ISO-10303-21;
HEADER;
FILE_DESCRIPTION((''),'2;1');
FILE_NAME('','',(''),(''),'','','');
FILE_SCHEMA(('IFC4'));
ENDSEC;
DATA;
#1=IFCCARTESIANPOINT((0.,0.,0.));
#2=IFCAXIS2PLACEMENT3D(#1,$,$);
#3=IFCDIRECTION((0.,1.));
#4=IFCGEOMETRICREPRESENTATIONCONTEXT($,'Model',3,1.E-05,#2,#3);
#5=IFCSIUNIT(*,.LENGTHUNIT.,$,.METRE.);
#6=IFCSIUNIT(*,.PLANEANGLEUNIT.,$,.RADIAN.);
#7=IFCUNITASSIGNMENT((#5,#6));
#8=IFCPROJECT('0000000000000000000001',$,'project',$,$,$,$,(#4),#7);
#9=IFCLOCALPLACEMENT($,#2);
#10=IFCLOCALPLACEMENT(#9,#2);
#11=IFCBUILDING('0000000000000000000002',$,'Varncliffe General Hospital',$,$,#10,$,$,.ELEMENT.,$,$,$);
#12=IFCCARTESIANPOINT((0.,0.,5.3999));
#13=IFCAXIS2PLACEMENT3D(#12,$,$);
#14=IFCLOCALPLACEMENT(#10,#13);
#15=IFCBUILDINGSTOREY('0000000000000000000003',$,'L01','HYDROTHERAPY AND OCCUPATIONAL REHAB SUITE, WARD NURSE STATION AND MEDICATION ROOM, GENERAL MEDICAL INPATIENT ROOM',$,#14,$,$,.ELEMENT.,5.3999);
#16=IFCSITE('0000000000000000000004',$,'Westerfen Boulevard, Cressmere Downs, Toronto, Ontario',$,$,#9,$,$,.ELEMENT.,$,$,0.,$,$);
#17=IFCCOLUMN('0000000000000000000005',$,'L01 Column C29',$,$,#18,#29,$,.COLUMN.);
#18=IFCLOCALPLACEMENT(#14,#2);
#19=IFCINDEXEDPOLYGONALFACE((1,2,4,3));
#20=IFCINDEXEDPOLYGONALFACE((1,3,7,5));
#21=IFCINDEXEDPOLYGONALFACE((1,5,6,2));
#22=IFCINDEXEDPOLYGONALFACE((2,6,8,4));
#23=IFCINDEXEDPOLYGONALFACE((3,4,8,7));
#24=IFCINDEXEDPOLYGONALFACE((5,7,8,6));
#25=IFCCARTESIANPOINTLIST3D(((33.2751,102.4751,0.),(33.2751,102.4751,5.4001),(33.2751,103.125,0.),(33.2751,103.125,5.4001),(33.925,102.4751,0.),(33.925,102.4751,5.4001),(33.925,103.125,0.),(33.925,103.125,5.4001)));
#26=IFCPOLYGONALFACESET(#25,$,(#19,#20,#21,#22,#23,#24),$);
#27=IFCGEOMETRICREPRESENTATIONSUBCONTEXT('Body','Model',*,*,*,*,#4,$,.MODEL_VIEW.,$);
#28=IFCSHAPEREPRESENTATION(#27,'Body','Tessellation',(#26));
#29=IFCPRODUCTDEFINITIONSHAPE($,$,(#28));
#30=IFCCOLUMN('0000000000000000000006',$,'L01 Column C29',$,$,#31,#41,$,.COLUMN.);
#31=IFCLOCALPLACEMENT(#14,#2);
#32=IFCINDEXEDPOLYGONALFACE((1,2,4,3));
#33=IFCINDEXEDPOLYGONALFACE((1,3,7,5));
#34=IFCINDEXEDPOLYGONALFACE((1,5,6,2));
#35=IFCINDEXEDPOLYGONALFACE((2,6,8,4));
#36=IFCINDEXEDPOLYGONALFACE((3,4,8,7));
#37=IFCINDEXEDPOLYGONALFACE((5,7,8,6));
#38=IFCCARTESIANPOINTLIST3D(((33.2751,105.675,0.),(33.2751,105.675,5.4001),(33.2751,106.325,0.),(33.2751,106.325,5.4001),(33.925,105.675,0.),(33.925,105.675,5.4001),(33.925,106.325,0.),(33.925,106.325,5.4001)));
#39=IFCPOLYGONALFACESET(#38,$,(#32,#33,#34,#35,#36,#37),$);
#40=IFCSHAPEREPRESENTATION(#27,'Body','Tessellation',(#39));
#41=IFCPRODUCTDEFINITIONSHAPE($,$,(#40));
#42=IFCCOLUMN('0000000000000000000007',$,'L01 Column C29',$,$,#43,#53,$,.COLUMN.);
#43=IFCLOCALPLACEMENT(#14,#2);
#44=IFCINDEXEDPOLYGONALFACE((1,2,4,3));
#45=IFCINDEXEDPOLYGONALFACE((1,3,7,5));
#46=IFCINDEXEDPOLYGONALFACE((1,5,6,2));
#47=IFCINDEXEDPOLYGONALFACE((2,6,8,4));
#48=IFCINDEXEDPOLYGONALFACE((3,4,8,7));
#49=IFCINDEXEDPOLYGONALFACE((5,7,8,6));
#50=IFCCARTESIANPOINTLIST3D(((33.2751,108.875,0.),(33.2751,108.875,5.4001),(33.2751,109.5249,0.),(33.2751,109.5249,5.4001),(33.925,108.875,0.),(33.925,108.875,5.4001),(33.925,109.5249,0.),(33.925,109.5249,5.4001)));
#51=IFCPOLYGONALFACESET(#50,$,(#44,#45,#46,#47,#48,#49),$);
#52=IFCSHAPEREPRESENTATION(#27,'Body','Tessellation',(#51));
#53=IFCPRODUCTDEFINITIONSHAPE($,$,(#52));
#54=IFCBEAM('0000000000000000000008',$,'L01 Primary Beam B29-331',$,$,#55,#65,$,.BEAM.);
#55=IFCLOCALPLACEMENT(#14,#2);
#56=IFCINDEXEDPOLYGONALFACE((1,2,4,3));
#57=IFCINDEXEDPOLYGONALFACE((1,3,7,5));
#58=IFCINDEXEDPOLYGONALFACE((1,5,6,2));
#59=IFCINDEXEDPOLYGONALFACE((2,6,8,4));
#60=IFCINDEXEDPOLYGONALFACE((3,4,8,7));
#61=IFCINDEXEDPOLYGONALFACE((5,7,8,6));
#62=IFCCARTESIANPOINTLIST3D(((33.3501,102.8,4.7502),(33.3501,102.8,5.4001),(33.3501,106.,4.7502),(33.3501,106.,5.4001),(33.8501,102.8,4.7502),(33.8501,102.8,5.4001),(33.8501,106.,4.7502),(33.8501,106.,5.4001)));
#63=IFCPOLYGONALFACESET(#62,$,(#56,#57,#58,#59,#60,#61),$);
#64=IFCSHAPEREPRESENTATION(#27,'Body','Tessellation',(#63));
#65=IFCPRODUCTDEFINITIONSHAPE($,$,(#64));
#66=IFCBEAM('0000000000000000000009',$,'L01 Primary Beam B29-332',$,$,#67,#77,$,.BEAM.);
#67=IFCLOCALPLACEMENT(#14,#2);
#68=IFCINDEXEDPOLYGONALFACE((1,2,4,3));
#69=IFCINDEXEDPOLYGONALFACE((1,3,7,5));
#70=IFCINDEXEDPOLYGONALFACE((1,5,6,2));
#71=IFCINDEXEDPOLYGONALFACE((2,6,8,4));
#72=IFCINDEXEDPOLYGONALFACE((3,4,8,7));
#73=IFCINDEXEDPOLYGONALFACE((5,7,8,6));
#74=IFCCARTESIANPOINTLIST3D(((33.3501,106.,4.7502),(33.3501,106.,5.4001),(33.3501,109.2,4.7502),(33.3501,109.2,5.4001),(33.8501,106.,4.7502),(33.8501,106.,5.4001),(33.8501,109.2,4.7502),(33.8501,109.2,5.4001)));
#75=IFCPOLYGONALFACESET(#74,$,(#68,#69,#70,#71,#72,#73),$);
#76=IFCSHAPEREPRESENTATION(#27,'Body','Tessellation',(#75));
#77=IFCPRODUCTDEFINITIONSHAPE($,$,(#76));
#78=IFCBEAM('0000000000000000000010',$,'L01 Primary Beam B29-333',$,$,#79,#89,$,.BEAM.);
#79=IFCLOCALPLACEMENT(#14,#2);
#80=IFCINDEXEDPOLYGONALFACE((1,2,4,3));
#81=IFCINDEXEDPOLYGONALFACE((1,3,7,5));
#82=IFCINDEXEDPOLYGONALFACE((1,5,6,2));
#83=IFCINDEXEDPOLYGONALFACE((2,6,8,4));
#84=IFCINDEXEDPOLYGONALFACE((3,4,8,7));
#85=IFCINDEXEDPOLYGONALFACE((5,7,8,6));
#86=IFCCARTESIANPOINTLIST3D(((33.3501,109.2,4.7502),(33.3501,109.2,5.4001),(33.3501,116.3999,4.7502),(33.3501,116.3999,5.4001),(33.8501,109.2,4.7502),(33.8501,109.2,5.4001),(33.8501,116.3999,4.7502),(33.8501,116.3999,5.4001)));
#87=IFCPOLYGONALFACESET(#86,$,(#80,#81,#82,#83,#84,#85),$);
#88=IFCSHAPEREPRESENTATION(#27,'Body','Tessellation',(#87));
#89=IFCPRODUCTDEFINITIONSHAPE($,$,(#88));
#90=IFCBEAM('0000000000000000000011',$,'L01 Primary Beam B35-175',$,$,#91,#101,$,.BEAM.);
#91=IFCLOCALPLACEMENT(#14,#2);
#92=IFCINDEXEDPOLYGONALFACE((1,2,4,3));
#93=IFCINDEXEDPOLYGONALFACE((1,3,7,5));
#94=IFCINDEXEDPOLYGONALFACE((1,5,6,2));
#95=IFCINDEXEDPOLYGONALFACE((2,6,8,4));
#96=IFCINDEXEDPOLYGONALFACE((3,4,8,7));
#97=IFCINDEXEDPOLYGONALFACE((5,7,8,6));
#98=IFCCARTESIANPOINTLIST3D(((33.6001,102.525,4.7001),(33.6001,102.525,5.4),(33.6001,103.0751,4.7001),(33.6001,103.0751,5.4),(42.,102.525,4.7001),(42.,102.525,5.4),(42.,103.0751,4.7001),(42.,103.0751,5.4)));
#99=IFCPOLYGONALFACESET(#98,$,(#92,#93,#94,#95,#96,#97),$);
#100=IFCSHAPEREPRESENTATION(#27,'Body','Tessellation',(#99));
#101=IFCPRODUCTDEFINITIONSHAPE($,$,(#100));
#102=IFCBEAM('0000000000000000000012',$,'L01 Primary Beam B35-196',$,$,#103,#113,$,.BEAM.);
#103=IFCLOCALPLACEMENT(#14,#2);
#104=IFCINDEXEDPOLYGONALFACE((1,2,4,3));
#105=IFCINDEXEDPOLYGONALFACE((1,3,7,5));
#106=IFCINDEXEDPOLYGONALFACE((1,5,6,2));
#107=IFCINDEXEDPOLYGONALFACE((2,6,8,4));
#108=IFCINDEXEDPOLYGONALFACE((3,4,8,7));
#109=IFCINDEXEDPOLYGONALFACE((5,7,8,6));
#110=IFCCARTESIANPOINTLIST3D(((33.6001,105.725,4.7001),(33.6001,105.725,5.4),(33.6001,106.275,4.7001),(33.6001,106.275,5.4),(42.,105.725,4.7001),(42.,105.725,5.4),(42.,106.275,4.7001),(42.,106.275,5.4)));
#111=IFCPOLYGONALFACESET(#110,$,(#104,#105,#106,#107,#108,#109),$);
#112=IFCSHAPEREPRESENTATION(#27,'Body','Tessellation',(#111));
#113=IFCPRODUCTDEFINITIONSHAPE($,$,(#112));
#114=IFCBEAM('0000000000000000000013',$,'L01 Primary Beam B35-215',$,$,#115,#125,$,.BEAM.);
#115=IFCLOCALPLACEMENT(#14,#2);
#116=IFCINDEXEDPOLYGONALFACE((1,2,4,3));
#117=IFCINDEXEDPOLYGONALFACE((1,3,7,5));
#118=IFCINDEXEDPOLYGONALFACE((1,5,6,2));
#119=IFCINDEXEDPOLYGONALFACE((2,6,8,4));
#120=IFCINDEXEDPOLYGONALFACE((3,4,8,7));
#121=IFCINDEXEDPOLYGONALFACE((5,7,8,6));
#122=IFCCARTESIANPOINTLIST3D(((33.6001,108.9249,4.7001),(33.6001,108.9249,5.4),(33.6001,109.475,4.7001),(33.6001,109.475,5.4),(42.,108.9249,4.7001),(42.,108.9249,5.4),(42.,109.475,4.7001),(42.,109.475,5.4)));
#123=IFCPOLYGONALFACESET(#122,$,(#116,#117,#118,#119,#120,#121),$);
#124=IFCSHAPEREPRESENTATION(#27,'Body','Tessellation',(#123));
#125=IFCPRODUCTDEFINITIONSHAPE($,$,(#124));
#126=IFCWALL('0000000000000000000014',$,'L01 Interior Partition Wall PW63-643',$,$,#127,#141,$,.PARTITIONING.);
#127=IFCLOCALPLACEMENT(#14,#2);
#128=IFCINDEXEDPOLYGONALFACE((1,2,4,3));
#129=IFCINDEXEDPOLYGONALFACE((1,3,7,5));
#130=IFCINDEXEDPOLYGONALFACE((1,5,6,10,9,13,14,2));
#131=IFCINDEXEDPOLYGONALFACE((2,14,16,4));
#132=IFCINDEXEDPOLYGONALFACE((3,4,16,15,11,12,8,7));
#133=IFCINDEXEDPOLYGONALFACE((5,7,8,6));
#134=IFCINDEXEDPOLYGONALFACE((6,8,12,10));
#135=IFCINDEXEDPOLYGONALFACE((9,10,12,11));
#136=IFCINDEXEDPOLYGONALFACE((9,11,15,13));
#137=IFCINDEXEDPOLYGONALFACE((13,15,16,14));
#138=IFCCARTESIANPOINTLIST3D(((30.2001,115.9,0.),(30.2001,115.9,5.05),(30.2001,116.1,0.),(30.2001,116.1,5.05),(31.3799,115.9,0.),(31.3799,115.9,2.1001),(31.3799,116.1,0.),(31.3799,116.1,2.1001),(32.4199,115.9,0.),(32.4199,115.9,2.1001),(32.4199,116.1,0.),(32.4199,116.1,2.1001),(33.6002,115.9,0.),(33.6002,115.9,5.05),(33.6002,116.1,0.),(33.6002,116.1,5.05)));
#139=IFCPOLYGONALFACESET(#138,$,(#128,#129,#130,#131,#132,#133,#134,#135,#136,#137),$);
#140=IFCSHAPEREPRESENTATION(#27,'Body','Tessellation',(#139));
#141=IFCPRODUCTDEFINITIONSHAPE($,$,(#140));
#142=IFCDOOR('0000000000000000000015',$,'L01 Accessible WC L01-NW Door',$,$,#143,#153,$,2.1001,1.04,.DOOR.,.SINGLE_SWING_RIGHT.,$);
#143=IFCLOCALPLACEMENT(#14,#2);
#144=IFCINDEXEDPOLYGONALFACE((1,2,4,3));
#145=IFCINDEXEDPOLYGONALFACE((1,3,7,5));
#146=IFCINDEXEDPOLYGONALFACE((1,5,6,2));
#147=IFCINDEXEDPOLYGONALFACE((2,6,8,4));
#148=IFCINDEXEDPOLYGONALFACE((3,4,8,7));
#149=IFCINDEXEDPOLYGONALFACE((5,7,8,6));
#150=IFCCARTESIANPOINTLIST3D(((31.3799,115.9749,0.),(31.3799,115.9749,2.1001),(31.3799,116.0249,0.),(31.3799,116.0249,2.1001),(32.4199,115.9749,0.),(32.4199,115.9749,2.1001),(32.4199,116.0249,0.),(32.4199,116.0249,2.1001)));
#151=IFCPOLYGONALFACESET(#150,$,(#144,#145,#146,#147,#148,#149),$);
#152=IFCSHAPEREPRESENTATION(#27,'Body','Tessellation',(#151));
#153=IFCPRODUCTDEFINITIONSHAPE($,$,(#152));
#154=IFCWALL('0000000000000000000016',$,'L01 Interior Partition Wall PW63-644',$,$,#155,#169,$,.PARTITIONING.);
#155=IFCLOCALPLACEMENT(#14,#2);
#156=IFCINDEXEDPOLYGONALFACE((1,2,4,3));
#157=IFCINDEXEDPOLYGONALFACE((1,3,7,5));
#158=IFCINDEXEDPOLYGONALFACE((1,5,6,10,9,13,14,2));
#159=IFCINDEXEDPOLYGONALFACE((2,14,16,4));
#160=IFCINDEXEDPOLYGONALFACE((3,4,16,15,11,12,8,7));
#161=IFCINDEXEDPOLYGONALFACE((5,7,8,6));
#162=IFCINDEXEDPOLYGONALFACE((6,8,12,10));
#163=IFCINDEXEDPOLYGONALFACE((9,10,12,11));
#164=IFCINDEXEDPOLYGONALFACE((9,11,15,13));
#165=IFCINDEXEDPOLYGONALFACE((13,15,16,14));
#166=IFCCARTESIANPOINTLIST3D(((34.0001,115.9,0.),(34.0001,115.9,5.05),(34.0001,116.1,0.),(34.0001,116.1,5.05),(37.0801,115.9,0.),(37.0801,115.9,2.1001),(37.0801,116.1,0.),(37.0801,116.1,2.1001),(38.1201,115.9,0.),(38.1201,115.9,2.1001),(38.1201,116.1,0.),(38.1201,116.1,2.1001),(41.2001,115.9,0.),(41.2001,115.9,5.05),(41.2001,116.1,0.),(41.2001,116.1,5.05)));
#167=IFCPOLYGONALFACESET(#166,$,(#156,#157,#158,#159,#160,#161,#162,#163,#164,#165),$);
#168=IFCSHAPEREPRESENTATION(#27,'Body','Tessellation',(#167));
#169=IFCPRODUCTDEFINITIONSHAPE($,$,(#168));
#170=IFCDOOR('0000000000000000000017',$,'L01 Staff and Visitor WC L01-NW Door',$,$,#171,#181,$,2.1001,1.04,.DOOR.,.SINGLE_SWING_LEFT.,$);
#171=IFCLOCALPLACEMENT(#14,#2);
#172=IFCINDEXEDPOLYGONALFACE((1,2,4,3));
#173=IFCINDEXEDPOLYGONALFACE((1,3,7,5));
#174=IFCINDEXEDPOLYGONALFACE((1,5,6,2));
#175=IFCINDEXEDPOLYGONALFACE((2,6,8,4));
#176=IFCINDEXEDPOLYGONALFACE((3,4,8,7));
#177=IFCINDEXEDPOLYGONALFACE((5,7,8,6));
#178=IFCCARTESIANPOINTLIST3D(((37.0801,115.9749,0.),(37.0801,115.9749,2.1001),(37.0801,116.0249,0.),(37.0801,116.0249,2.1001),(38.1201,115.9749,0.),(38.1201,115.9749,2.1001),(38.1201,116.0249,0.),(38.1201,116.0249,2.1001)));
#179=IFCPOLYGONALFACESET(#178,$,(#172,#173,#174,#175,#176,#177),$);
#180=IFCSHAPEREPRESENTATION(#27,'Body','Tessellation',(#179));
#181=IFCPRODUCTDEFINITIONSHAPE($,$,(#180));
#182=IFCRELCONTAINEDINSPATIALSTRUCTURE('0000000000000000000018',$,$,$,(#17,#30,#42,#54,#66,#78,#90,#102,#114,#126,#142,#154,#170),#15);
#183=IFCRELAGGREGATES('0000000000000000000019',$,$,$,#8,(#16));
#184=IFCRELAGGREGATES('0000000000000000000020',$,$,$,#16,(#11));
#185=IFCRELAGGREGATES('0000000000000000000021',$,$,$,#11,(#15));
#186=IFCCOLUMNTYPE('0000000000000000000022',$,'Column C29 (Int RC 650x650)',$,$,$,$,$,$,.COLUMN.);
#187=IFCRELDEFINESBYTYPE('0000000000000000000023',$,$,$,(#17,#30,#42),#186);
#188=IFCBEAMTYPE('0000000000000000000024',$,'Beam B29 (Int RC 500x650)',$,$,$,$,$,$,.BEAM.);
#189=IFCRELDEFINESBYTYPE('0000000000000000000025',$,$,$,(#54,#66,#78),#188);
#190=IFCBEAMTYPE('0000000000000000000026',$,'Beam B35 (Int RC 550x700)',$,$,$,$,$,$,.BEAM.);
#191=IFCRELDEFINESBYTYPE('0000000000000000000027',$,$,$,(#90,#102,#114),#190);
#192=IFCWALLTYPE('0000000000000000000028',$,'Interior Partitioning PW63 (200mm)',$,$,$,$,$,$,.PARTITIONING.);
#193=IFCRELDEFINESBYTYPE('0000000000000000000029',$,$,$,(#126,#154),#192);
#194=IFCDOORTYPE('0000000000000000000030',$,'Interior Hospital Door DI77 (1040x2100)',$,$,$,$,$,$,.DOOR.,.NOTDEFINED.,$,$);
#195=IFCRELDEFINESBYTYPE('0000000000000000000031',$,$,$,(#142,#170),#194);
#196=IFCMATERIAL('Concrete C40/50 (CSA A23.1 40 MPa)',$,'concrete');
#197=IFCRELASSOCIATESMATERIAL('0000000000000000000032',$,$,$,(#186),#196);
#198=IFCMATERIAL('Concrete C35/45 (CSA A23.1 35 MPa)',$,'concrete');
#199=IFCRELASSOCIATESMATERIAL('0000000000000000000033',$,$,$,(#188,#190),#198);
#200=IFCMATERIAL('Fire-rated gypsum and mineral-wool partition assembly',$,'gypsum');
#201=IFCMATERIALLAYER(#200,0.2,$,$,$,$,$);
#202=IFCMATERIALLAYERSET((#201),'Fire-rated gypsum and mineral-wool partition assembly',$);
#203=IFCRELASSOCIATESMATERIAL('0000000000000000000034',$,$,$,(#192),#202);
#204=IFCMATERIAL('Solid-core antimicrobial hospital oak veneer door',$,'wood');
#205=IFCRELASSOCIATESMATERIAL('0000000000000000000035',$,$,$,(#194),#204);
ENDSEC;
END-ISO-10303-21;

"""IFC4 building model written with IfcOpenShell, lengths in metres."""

from ifc_helpers import new_model, si_unit, direction, frame, frame_2d, origin, origin_2d, place, context, subcontext, project, spatial, rectangle, extrude, material, layer, layer_set, material_profile, profile_set, type_object, element, fill, save


model = new_model("IFC4")

# Units and contexts
model_context = context("Model", 3, precision=1e-05, world=origin(), true_north=direction((0.0, 1.0)))
body_context = subcontext(model_context, "Body", "Model", "MODEL_VIEW")
ifc_project = project(units=[si_unit("LENGTHUNIT", "METRE"), si_unit("PLANEANGLEUNIT", "RADIAN")], contexts=[model_context])

# Site, building, storey
site_placement = place(None, origin())
site = spatial("IfcSite", under=ifc_project, at=site_placement, Name="Westerfen Boulevard, Cressmere Downs, Toronto, Ontario", CompositionType="ELEMENT", RefElevation=0.0)
building_placement = place(site_placement, origin())
building = spatial("IfcBuilding", under=site, at=building_placement, Name="Varncliffe General Hospital", CompositionType="ELEMENT")
storey_placement = place(building_placement, frame((0.0, 0.0, 5.3999)))
storey = spatial("IfcBuildingStorey", under=building, at=storey_placement, Name="L01", Description="HYDROTHERAPY AND OCCUPATIONAL REHAB SUITE, WARD NURSE STATION AND MEDICATION ROOM, GENERAL MEDICAL INPATIENT ROOM", CompositionType="ELEMENT", Elevation=5.3999)

# Columns
ifc_material_1 = material(Name="Concrete C40/50 (CSA A23.1 40 MPa)", Category="concrete")
ifc_material_profile_1 = material_profile(ifc_material_1, rectangle(XDim=0.6499, YDim=0.6499, at=origin_2d()), Name="RC 650x650")
ifc_profile_set_1 = profile_set([ifc_material_profile_1], Name="Concrete C40/50 (CSA A23.1 40 MPa)")
column_type = type_object("IfcColumnType", Name="Column C29 (Int RC 650x650)", PredefinedType="COLUMN", material=ifc_profile_set_1)
for number, where, z_axis, x_axis, name in (
    (1, (33.6001, 102.8, 0.0), (0.0, 0.0, 1.0), (1.0, 0.0, 0.0), "L01 Column C29"),
    (2, (33.6001, 106.0, 0.0), (0.0, 0.0, 1.0), (1.0, 0.0, 0.0), "L01 Column C29"),
    (3, (33.6001, 109.2, 0.0), (0.0, 0.0, 1.0), (1.0, 0.0, 0.0), "L01 Column C29"),
):
    element("IfcColumn", number, at=place(storey_placement, frame(where, z_axis=z_axis, x_axis=x_axis)), inside=storey, type_object=column_type, Name=name, PredefinedType="COLUMN", context=body_context, shape_type="SweptSolid", body=[
        extrude(rectangle(XDim=0.6499, YDim=0.6499, at=origin_2d()), origin(), (0.0, 0.0, 1.0), 5.4001),
    ])

# Beams
ifc_material_2 = material(Name="Concrete C35/45 (CSA A23.1 35 MPa)", Category="concrete")
ifc_material_profile_2 = material_profile(ifc_material_2, rectangle(XDim=0.5, YDim=0.6499, at=origin_2d()), Name="RC 500x650")
ifc_profile_set_2 = profile_set([ifc_material_profile_2], Name="Concrete C35/45 (CSA A23.1 35 MPa)")
beam_type_1 = type_object("IfcBeamType", Name="Beam B29 (Int RC 500x650)", PredefinedType="BEAM", material=ifc_profile_set_2)
for number, where, z_axis, x_axis, name in (
    (4, (33.6001, 102.8, 5.0752), (0.0, 1.0, 0.0), (-1.0, 0.0, 0.0), "L01 Primary Beam B29-331"),
    (5, (33.6001, 106.0, 5.0752), (0.0, 1.0, 0.0), (-1.0, 0.0, 0.0), "L01 Primary Beam B29-332"),
):
    element("IfcBeam", number, at=place(storey_placement, frame(where, z_axis=z_axis, x_axis=x_axis)), inside=storey, type_object=beam_type_1, Name=name, PredefinedType="BEAM", context=body_context, shape_type="SweptSolid", body=[
        extrude(rectangle(XDim=0.5, YDim=0.6499, at=origin_2d()), origin(), (0.0, 0.0, 1.0), 3.2),
    ])
beam_placement = place(storey_placement, frame((33.6001, 109.2, 5.0752), z_axis=(0.0, 1.0, 0.0), x_axis=(-1.0, 0.0, 0.0)))
element("IfcBeam", 6, at=beam_placement, inside=storey, type_object=beam_type_1, Name="L01 Primary Beam B29-333", PredefinedType="BEAM", context=body_context, shape_type="SweptSolid", body=[
    extrude(rectangle(XDim=0.5, YDim=0.6499, at=origin_2d()), origin(), (0.0, 0.0, 1.0), 7.2),
])
ifc_material_profile_3 = material_profile(ifc_material_2, rectangle(XDim=0.55, YDim=0.7, at=origin_2d()), Name="RC 550x700")
ifc_profile_set_3 = profile_set([ifc_material_profile_3], Name="Concrete C35/45 (CSA A23.1 35 MPa)")
beam_type_2 = type_object("IfcBeamType", Name="Beam B35 (Int RC 550x700)", PredefinedType="BEAM", material=ifc_profile_set_3)
for number, where, z_axis, x_axis, name in (
    (7, (33.6001, 102.8, 5.05), (1.0, 0.0, 0.0), (0.0, 1.0, 0.0), "L01 Primary Beam B35-175"),
    (8, (33.6001, 106.0, 5.05), (1.0, 0.0, 0.0), (0.0, 1.0, 0.0), "L01 Primary Beam B35-196"),
    (9, (33.6001, 109.2, 5.05), (1.0, 0.0, 0.0), (0.0, 1.0, 0.0), "L01 Primary Beam B35-215"),
):
    element("IfcBeam", number, at=place(storey_placement, frame(where, z_axis=z_axis, x_axis=x_axis)), inside=storey, type_object=beam_type_2, Name=name, PredefinedType="BEAM", context=body_context, shape_type="SweptSolid", body=[
        extrude(rectangle(XDim=0.55, YDim=0.7, at=origin_2d()), origin(), (0.0, 0.0, 1.0), 8.3999),
    ])

# Walls, openings, doors
ifc_material_3 = material(Name="Fire-rated gypsum and mineral-wool partition assembly", Category="gypsum")
ifc_layer_1 = layer(ifc_material_3, 0.2)
ifc_layer_set_1 = layer_set([ifc_layer_1], Name="Fire-rated gypsum and mineral-wool partition assembly")
wall_type_1 = type_object("IfcWallType", Name="Interior Partitioning PW63 (200mm)", PredefinedType="PARTITIONING", material=ifc_layer_set_1)
wall_1_placement = place(storey_placement, frame((30.2, 116.0, 0.0), z_axis=(0.0, 0.0, 1.0), x_axis=(1.0, 0.0, 0.0)))
wall_1 = element("IfcWall", 10, at=wall_1_placement, inside=storey, type_object=wall_type_1, Name="L01 Interior Partition Wall PW63-643", PredefinedType="PARTITIONING", context=body_context, shape_type="SweptSolid", body=[
    extrude(rectangle(XDim=3.4001, YDim=0.2, at=frame_2d((1.7002, 0.0))), origin(), (0.0, 0.0, 1.0), 5.05),
])
opening_1_placement = place(wall_1_placement, frame((1.1799, 0.0, 0.0)))
opening_1 = element("IfcOpeningElement", 11, at=opening_1_placement, cuts=wall_1, PredefinedType="OPENING", context=body_context, shape_type="SweptSolid", body=[
    extrude(rectangle(XDim=1.04, YDim=2.1001, at=frame_2d((0.52, 1.05))), frame((0.0, 0.1099, 0.0), z_axis=(0.0, -1.0, 0.0), x_axis=(1.0, 0.0, 0.0)), (0.0, 0.0, 1.0), 0.22),
])
ifc_material_4 = material(Name="Solid-core antimicrobial hospital oak veneer door", Category="wood")
door_type_1 = type_object("IfcDoorType", Name="Interior Hospital Door DI77 (1040x2100)", OperationType="NOTDEFINED", PredefinedType="DOOR", material=ifc_material_4)
door_1_placement = place(opening_1_placement, origin())
door_1 = element("IfcDoor", 12, at=door_1_placement, inside=storey, type_object=door_type_1, Name="L01 Accessible WC L01-NW Door", OperationType="SINGLE_SWING_RIGHT", OverallHeight=2.1001, OverallWidth=1.04, PredefinedType="DOOR", context=body_context, shape_type="SweptSolid", body=[
    extrude(rectangle(XDim=1.04, YDim=2.1001, at=frame_2d((0.52, 1.05))), frame((0.0, 0.0249, 0.0), z_axis=(0.0, -1.0, 0.0), x_axis=(1.0, 0.0, 0.0)), (0.0, 0.0, 1.0), 0.05),
])
fill(opening_1, door_1)
wall_2_placement = place(storey_placement, frame((34.0, 116.0, 0.0), z_axis=(0.0, 0.0, 1.0), x_axis=(1.0, 0.0, 0.0)))
wall_2 = element("IfcWall", 13, at=wall_2_placement, inside=storey, type_object=wall_type_1, Name="L01 Interior Partition Wall PW63-644", PredefinedType="PARTITIONING", context=body_context, shape_type="SweptSolid", body=[
    extrude(rectangle(XDim=7.2, YDim=0.2, at=frame_2d((3.6001, 0.0))), origin(), (0.0, 0.0, 1.0), 5.05),
])
opening_2_placement = place(wall_2_placement, frame((3.0801, 0.0, 0.0)))
opening_2 = element("IfcOpeningElement", 14, at=opening_2_placement, cuts=wall_2, PredefinedType="OPENING", context=body_context, shape_type="SweptSolid", body=[
    extrude(rectangle(XDim=1.04, YDim=2.1001, at=frame_2d((0.52, 1.05))), frame((0.0, 0.1099, 0.0), z_axis=(0.0, -1.0, 0.0), x_axis=(1.0, 0.0, 0.0)), (0.0, 0.0, 1.0), 0.22),
])
door_2_placement = place(opening_2_placement, origin())
door_2 = element("IfcDoor", 15, at=door_2_placement, inside=storey, type_object=door_type_1, Name="L01 Staff and Visitor WC L01-NW Door", OperationType="SINGLE_SWING_LEFT", OverallHeight=2.1001, OverallWidth=1.04, PredefinedType="DOOR", context=body_context, shape_type="SweptSolid", body=[
    extrude(rectangle(XDim=1.04, YDim=2.1001, at=frame_2d((0.52, 1.05))), frame((0.0, 0.0249, 0.0), z_axis=(0.0, -1.0, 0.0), x_axis=(1.0, 0.0, 0.0)), (0.0, 0.0, 1.0), 0.05),
])
fill(opening_2, door_2)

save(model, "model.ifc")
